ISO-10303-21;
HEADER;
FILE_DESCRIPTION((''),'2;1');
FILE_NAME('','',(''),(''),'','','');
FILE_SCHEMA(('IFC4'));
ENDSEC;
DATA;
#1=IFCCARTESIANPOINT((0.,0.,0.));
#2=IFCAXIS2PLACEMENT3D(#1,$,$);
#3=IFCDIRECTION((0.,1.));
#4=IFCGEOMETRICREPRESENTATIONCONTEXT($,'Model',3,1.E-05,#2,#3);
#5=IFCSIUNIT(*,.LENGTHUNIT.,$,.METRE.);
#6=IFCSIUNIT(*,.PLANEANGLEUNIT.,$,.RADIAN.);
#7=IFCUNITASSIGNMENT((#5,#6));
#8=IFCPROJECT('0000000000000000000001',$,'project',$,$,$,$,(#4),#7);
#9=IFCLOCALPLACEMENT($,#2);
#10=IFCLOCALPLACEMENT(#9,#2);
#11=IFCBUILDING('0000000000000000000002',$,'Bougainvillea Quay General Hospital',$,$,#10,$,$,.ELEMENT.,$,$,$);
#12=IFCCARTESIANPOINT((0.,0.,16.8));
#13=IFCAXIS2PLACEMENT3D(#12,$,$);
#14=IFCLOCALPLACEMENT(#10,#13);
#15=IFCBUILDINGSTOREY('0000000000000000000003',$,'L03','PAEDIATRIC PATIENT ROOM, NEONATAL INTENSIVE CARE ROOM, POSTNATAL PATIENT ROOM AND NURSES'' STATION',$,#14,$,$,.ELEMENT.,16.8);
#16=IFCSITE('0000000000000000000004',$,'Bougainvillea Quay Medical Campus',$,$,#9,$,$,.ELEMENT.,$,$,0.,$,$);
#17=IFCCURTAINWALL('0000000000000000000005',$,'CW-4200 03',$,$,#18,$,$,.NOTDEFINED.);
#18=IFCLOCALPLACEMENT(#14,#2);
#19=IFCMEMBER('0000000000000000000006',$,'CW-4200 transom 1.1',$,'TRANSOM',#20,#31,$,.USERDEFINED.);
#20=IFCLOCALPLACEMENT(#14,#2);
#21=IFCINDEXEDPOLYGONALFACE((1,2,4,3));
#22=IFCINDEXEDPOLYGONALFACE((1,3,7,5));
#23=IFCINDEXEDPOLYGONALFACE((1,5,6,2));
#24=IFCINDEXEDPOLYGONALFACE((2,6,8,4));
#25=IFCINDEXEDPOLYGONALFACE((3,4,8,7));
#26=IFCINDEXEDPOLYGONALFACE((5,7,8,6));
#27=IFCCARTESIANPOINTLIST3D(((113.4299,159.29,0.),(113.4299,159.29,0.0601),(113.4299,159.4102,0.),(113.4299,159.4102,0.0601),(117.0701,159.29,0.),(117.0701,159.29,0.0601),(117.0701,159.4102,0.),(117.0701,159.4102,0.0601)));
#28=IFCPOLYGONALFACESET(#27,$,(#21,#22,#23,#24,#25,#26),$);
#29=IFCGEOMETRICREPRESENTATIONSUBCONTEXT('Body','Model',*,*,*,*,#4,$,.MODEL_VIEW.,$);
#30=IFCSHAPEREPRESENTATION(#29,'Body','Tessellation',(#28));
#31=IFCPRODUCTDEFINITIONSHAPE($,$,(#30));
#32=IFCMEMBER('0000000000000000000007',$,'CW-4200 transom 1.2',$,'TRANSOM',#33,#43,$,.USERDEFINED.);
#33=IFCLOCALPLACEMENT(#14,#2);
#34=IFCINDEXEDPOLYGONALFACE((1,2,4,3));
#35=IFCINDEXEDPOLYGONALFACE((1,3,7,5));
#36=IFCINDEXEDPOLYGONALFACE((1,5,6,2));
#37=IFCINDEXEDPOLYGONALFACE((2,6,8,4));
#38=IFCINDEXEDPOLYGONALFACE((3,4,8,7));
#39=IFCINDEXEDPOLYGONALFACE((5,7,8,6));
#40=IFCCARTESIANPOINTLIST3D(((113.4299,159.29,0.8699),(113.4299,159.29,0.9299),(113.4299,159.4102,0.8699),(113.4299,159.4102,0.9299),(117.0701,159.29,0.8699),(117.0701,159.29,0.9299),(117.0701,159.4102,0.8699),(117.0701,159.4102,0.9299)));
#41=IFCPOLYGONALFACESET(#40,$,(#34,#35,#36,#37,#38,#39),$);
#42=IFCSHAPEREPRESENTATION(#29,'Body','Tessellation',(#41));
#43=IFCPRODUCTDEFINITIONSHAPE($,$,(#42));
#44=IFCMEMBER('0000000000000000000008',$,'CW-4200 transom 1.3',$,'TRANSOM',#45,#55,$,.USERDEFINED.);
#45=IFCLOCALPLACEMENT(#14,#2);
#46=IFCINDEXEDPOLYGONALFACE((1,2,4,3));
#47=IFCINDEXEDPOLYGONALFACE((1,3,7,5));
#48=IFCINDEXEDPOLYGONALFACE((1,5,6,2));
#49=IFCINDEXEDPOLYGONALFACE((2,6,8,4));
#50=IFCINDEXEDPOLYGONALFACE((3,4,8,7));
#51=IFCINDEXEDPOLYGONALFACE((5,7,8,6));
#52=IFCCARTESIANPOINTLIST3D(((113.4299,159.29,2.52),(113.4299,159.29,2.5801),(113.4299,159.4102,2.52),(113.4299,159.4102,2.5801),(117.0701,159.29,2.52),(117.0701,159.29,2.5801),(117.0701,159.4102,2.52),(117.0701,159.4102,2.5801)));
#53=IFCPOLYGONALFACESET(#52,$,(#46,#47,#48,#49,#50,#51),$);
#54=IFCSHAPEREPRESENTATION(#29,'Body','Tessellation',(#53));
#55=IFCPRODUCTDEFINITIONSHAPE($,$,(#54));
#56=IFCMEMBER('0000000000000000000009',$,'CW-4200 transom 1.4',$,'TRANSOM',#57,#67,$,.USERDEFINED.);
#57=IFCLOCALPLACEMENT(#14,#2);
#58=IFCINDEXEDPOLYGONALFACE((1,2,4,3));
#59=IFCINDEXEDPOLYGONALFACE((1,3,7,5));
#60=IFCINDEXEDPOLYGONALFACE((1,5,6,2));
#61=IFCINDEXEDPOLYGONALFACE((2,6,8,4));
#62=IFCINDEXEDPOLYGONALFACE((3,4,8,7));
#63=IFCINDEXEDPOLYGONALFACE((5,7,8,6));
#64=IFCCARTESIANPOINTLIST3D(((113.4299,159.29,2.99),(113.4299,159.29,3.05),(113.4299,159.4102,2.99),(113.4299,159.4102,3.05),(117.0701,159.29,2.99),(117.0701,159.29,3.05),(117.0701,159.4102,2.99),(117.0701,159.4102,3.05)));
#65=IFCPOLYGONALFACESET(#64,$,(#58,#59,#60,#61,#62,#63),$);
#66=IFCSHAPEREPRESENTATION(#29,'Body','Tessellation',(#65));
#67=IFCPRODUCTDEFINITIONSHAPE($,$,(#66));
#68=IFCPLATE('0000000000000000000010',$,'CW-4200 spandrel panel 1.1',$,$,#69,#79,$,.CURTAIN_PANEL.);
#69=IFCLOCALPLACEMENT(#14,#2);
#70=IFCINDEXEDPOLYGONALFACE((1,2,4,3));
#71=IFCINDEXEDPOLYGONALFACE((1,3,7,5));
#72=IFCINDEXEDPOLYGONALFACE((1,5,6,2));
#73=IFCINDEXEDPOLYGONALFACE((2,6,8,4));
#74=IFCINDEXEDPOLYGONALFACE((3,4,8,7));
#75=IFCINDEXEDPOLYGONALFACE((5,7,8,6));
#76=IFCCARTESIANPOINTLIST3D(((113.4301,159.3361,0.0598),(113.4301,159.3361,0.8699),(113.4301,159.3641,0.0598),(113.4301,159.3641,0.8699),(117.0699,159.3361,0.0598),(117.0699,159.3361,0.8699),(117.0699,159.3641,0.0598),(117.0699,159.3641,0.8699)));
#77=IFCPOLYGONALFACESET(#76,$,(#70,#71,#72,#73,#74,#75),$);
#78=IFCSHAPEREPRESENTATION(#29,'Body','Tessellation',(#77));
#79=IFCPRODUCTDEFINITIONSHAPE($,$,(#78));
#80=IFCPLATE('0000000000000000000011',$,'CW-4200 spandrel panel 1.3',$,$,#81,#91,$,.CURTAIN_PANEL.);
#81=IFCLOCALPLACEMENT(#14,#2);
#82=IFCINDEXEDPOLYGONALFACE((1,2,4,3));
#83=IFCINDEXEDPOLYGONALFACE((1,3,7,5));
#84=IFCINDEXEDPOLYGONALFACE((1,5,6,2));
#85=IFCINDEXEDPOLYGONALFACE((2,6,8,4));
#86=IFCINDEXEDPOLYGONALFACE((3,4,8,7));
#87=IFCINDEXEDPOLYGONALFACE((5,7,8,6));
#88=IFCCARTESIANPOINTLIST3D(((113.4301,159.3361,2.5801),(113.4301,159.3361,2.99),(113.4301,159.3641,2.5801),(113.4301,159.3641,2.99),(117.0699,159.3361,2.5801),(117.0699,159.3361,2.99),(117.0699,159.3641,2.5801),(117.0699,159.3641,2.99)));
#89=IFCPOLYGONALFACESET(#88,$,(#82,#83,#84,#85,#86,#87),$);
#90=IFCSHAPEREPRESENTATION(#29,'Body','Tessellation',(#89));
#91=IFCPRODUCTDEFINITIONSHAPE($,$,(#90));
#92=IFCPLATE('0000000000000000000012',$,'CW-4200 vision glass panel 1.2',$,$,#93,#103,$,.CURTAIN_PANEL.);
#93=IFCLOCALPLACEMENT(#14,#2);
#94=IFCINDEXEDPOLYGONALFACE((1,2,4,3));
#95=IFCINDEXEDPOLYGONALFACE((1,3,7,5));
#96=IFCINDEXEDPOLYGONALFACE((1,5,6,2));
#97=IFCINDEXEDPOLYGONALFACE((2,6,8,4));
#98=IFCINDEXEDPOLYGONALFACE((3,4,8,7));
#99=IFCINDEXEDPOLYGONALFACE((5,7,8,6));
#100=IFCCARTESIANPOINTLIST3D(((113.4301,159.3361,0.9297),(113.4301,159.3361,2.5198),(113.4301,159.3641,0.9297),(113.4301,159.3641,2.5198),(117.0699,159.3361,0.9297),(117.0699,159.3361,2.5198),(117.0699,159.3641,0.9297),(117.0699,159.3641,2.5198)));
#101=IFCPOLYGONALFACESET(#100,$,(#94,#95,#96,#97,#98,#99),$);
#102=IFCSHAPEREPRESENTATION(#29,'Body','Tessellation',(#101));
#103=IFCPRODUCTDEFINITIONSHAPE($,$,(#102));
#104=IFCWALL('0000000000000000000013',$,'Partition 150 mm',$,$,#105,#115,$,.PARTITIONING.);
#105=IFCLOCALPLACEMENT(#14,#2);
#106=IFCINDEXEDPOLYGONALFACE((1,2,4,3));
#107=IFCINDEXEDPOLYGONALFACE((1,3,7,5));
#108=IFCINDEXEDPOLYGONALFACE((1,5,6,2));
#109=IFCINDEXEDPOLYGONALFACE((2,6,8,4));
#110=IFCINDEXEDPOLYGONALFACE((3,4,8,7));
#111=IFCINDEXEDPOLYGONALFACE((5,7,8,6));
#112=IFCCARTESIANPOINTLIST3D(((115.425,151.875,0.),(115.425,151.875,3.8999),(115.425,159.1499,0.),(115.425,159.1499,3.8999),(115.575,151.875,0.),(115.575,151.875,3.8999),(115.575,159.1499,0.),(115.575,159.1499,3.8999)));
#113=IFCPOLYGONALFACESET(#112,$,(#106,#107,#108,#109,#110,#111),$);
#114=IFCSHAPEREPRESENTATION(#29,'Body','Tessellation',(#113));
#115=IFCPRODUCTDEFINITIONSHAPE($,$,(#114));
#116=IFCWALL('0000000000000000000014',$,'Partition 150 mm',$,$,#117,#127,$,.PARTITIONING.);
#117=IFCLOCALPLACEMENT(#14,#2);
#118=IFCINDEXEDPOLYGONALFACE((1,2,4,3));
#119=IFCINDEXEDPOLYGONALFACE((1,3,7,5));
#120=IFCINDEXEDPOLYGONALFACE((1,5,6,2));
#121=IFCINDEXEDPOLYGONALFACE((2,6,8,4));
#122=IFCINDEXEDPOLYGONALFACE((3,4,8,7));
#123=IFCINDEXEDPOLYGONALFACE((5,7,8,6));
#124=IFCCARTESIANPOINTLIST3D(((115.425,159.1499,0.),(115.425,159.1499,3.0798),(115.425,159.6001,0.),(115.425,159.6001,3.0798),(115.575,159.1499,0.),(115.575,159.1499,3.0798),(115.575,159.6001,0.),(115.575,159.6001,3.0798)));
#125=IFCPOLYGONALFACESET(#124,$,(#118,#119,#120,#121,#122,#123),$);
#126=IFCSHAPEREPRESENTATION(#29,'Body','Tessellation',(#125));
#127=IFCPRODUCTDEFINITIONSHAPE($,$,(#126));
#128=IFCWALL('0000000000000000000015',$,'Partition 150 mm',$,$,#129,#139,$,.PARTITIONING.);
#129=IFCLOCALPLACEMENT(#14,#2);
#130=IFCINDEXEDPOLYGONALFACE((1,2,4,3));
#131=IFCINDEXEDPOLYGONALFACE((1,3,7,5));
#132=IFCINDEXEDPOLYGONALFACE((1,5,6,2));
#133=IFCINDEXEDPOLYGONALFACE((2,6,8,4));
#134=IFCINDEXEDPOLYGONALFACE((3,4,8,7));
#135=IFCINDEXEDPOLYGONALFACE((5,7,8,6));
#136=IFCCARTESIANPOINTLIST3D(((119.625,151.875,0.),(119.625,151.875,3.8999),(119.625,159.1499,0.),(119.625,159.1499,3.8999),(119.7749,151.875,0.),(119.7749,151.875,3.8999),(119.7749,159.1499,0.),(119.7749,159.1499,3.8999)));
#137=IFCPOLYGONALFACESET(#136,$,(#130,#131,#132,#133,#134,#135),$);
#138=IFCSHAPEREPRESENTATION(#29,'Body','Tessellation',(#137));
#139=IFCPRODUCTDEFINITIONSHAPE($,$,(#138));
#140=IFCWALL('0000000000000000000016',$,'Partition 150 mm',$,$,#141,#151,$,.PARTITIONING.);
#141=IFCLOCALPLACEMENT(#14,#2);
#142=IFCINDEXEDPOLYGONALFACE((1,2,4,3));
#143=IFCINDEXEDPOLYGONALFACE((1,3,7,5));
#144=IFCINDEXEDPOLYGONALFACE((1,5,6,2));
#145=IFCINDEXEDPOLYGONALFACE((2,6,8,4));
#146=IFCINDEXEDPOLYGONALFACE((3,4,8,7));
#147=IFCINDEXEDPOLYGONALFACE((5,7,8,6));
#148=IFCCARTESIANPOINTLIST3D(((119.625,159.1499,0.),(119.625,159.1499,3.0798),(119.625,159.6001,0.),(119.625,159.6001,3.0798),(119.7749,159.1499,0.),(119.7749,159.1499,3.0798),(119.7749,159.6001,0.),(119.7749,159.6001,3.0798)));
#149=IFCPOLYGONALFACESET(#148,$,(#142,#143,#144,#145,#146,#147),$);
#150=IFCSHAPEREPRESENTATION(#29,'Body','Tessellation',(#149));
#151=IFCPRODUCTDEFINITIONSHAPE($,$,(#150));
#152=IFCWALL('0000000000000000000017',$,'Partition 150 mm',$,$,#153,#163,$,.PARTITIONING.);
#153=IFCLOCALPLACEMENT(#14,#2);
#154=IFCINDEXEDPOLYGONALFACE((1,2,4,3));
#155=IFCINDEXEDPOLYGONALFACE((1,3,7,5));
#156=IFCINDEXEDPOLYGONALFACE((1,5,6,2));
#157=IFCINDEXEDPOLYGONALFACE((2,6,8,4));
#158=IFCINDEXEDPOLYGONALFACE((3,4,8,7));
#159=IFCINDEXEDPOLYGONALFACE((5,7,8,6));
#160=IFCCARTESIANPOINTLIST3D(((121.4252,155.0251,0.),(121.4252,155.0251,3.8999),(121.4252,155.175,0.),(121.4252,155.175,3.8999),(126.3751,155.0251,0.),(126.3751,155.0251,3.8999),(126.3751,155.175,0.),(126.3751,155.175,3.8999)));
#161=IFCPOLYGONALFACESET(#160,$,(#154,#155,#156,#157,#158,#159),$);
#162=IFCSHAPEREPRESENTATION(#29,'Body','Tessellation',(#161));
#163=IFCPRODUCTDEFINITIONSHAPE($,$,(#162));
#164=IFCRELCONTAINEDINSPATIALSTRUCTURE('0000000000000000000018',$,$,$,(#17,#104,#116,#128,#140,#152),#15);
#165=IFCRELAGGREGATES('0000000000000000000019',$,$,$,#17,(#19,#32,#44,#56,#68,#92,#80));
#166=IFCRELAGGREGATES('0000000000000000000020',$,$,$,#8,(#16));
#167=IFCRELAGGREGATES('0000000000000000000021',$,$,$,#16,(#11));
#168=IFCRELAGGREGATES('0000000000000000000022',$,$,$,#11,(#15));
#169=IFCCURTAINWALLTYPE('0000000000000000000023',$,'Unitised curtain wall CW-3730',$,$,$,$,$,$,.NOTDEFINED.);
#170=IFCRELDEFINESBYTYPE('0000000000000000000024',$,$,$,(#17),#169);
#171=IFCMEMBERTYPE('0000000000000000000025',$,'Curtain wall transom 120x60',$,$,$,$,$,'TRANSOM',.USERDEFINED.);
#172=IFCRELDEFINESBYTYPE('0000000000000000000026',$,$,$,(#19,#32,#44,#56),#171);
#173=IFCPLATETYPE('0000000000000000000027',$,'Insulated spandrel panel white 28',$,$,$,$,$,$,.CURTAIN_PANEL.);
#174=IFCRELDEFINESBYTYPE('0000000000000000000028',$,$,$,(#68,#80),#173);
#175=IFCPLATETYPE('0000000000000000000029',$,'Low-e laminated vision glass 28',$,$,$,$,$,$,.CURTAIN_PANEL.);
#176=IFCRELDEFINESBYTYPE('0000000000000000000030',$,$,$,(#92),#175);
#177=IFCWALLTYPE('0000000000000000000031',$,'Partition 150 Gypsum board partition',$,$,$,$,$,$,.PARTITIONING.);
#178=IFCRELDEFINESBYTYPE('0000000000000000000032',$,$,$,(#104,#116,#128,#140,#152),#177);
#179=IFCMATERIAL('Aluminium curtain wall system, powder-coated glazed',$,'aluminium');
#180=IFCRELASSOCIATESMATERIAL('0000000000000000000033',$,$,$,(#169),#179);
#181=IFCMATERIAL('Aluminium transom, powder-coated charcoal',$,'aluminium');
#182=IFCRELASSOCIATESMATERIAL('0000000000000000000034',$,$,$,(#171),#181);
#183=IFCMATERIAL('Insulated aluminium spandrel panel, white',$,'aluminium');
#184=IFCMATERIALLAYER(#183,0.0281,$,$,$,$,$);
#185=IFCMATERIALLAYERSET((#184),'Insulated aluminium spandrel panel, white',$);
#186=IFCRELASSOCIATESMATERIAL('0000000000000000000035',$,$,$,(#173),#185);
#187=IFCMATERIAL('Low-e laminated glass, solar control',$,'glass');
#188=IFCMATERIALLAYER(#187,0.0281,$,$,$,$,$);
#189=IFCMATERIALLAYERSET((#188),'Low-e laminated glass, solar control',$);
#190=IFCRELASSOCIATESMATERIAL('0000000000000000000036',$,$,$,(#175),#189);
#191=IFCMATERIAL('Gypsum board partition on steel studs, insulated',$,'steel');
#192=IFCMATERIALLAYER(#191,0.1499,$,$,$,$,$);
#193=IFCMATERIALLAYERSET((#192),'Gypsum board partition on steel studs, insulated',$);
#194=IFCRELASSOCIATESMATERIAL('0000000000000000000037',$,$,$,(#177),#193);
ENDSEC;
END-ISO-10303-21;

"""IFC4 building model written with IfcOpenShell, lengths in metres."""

from ifc_helpers import new_model, si_unit, direction, frame, frame_2d, origin, origin_2d, place, context, subcontext, project, spatial, rectangle, extrude, material, layer, layer_set, material_profile, profile_set, type_object, element, aggregate, save


model = new_model("IFC4")

# Units and contexts
model_context = context("Model", 3, precision=1e-05, world=origin(), true_north=direction((0.0, 1.0)))
body_context = subcontext(model_context, "Body", "Model", "MODEL_VIEW")
ifc_project = project(units=[si_unit("LENGTHUNIT", "METRE"), si_unit("PLANEANGLEUNIT", "RADIAN")], contexts=[model_context])

# Site, building, storey
site_placement = place(None, origin())
site = spatial("IfcSite", under=ifc_project, at=site_placement, Name="Bougainvillea Quay Medical Campus", CompositionType="ELEMENT", RefElevation=0.0)
building_placement = place(site_placement, origin())
building = spatial("IfcBuilding", under=site, at=building_placement, Name="Bougainvillea Quay General Hospital", CompositionType="ELEMENT")
storey_placement = place(building_placement, frame((0.0, 0.0, 16.8)))
storey = spatial("IfcBuildingStorey", under=building, at=storey_placement, Name="L03", Description="PAEDIATRIC PATIENT ROOM, NEONATAL INTENSIVE CARE ROOM, POSTNATAL PATIENT ROOM AND NURSES' STATION", CompositionType="ELEMENT", Elevation=16.8)

# Curtain wall, members, plates
ifc_material_1 = material(Name="Aluminium curtain wall system, powder-coated glazed", Category="aluminium")
curtain_wall_type = type_object("IfcCurtainWallType", Name="Unitised curtain wall CW-3730", PredefinedType="NOTDEFINED", material=ifc_material_1)
curtain_wall_placement = place(storey_placement, origin())
curtain_wall = element("IfcCurtainWall", 1, at=curtain_wall_placement, inside=storey, type_object=curtain_wall_type, Name="CW-4200 03", PredefinedType="NOTDEFINED")
ifc_material_2 = material(Name="Aluminium transom, powder-coated charcoal", Category="aluminium")
ifc_material_profile = material_profile(ifc_material_2, rectangle(XDim=0.1201, YDim=0.0601, at=origin_2d()))
ifc_profile_set = profile_set([ifc_material_profile], Name="Aluminium transom, powder-coated charcoal")
member_type = type_object("IfcMemberType", Name="Curtain wall transom 120x60", ElementType="TRANSOM", PredefinedType="USERDEFINED", material=ifc_profile_set)
member_1_placement = place(storey_placement, frame((117.0701, 159.3501, 0.03), z_axis=(-1.0, 0.0, 0.0), x_axis=(0.0, -1.0, 0.0)))
member_1 = element("IfcMember", 2, at=member_1_placement, type_object=member_type, Name="CW-4200 transom 1.1", ObjectType="TRANSOM", PredefinedType="USERDEFINED", context=body_context, shape_type="SweptSolid", body=[
    extrude(rectangle(XDim=0.1201, YDim=0.0601, at=origin_2d()), origin(), (0.0, 0.0, 1.0), 3.6401),
])
member_2_placement = place(storey_placement, frame((117.0701, 159.3501, 0.8999), z_axis=(-1.0, 0.0, 0.0), x_axis=(0.0, -1.0, 0.0)))
member_2 = element("IfcMember", 3, at=member_2_placement, type_object=member_type, Name="CW-4200 transom 1.2", ObjectType="TRANSOM", PredefinedType="USERDEFINED", context=body_context, shape_type="SweptSolid", body=[
    extrude(rectangle(XDim=0.1201, YDim=0.0601, at=origin_2d()), origin(), (0.0, 0.0, 1.0), 3.6401),
])
member_3_placement = place(storey_placement, frame((117.0701, 159.3501, 2.55), z_axis=(-1.0, 0.0, 0.0), x_axis=(0.0, -1.0, 0.0)))
member_3 = element("IfcMember", 4, at=member_3_placement, type_object=member_type, Name="CW-4200 transom 1.3", ObjectType="TRANSOM", PredefinedType="USERDEFINED", context=body_context, shape_type="SweptSolid", body=[
    extrude(rectangle(XDim=0.1201, YDim=0.0601, at=origin_2d()), origin(), (0.0, 0.0, 1.0), 3.6401),
])
member_4_placement = place(storey_placement, frame((117.0701, 159.3501, 3.02), z_axis=(-1.0, 0.0, 0.0), x_axis=(0.0, -1.0, 0.0)))
member_4 = element("IfcMember", 5, at=member_4_placement, type_object=member_type, Name="CW-4200 transom 1.4", ObjectType="TRANSOM", PredefinedType="USERDEFINED", context=body_context, shape_type="SweptSolid", body=[
    extrude(rectangle(XDim=0.1201, YDim=0.0601, at=origin_2d()), origin(), (0.0, 0.0, 1.0), 3.6401),
])
ifc_material_3 = material(Name="Insulated aluminium spandrel panel, white", Category="aluminium")
ifc_layer_1 = layer(ifc_material_3, 0.0281)
ifc_layer_set_1 = layer_set([ifc_layer_1], Name="Insulated aluminium spandrel panel, white")
plate_type_1 = type_object("IfcPlateType", Name="Insulated spandrel panel white 28", PredefinedType="CURTAIN_PANEL", material=ifc_layer_set_1)
plate_1_placement = place(storey_placement, frame((115.25, 159.3501, 0.0598), z_axis=(0.0, 0.0, 1.0), x_axis=(-1.0, 0.0, 0.0)))
plate_1 = element("IfcPlate", 6, at=plate_1_placement, type_object=plate_type_1, Name="CW-4200 spandrel panel 1.1", PredefinedType="CURTAIN_PANEL", context=body_context, shape_type="SweptSolid", body=[
    extrude(rectangle(XDim=3.6399, YDim=0.0281, at=origin_2d()), origin(), (0.0, 0.0, 1.0), 0.8101),
])
plate_2_placement = place(storey_placement, frame((115.25, 159.3501, 2.5801), z_axis=(0.0, 0.0, 1.0), x_axis=(-1.0, 0.0, 0.0)))
plate_2 = element("IfcPlate", 7, at=plate_2_placement, type_object=plate_type_1, Name="CW-4200 spandrel panel 1.3", PredefinedType="CURTAIN_PANEL", context=body_context, shape_type="SweptSolid", body=[
    extrude(rectangle(XDim=3.6399, YDim=0.0281, at=origin_2d()), origin(), (0.0, 0.0, 1.0), 0.4099),
])
ifc_material_4 = material(Name="Low-e laminated glass, solar control", Category="glass")
ifc_layer_2 = layer(ifc_material_4, 0.0281)
ifc_layer_set_2 = layer_set([ifc_layer_2], Name="Low-e laminated glass, solar control")
plate_type_2 = type_object("IfcPlateType", Name="Low-e laminated vision glass 28", PredefinedType="CURTAIN_PANEL", material=ifc_layer_set_2)
plate_3_placement = place(storey_placement, frame((115.25, 159.3501, 0.9297), z_axis=(0.0, 0.0, 1.0), x_axis=(-1.0, 0.0, 0.0)))
plate_3 = element("IfcPlate", 8, at=plate_3_placement, type_object=plate_type_2, Name="CW-4200 vision glass panel 1.2", PredefinedType="CURTAIN_PANEL", context=body_context, shape_type="SweptSolid", body=[
    extrude(rectangle(XDim=3.6399, YDim=0.0281, at=origin_2d()), origin(), (0.0, 0.0, 1.0), 1.5901),
])
aggregate(curtain_wall, [member_1, member_2, member_3, member_4, plate_1, plate_3, plate_2])

# Walls
ifc_material_5 = material(Name="Gypsum board partition on steel studs, insulated", Category="steel")
ifc_layer_3 = layer(ifc_material_5, 0.1499)
ifc_layer_set_3 = layer_set([ifc_layer_3], Name="Gypsum board partition on steel studs, insulated")
wall_type = type_object("IfcWallType", Name="Partition 150 Gypsum board partition", PredefinedType="PARTITIONING", material=ifc_layer_set_3)
wall_1_placement = place(storey_placement, frame((115.5, 151.875, 0.0), z_axis=(0.0, 0.0, 1.0), x_axis=(0.0, 1.0, 0.0)))
element("IfcWall", 9, at=wall_1_placement, inside=storey, type_object=wall_type, Name="Partition 150 mm", PredefinedType="PARTITIONING", context=body_context, shape_type="SweptSolid", body=[
    extrude(rectangle(XDim=7.2749, YDim=0.1499, at=frame_2d((3.6375, 0.0))), origin(), (0.0, 0.0, 1.0), 3.8999),
])
wall_2_placement = place(storey_placement, frame((115.5, 159.1499, 0.0), z_axis=(0.0, 0.0, 1.0), x_axis=(0.0, 1.0, 0.0)))
element("IfcWall", 10, at=wall_2_placement, inside=storey, type_object=wall_type, Name="Partition 150 mm", PredefinedType="PARTITIONING", context=body_context, shape_type="SweptSolid", body=[
    extrude(rectangle(XDim=0.4502, YDim=0.1499, at=frame_2d((0.2251, 0.0))), origin(), (0.0, 0.0, 1.0), 3.0798),
])
wall_3_placement = place(storey_placement, frame((119.7, 151.875, 0.0), z_axis=(0.0, 0.0, 1.0), x_axis=(0.0, 1.0, 0.0)))
element("IfcWall", 11, at=wall_3_placement, inside=storey, type_object=wall_type, Name="Partition 150 mm", PredefinedType="PARTITIONING", context=body_context, shape_type="SweptSolid", body=[
    extrude(rectangle(XDim=7.2749, YDim=0.1499, at=frame_2d((3.6375, 0.0))), origin(), (0.0, 0.0, 1.0), 3.8999),
])
wall_4_placement = place(storey_placement, frame((119.7, 159.1499, 0.0), z_axis=(0.0, 0.0, 1.0), x_axis=(0.0, 1.0, 0.0)))
element("IfcWall", 12, at=wall_4_placement, inside=storey, type_object=wall_type, Name="Partition 150 mm", PredefinedType="PARTITIONING", context=body_context, shape_type="SweptSolid", body=[
    extrude(rectangle(XDim=0.4502, YDim=0.1499, at=frame_2d((0.2251, 0.0))), origin(), (0.0, 0.0, 1.0), 3.0798),
])
wall_5_placement = place(storey_placement, frame((121.425, 155.1001, 0.0), z_axis=(0.0, 0.0, 1.0), x_axis=(1.0, 0.0, 0.0)))
element("IfcWall", 13, at=wall_5_placement, inside=storey, type_object=wall_type, Name="Partition 150 mm", PredefinedType="PARTITIONING", context=body_context, shape_type="SweptSolid", body=[
    extrude(rectangle(XDim=4.95, YDim=0.1499, at=frame_2d((2.4751, 0.0))), origin(), (0.0, 0.0, 1.0), 3.8999),
])

save(model, "model.ifc")
